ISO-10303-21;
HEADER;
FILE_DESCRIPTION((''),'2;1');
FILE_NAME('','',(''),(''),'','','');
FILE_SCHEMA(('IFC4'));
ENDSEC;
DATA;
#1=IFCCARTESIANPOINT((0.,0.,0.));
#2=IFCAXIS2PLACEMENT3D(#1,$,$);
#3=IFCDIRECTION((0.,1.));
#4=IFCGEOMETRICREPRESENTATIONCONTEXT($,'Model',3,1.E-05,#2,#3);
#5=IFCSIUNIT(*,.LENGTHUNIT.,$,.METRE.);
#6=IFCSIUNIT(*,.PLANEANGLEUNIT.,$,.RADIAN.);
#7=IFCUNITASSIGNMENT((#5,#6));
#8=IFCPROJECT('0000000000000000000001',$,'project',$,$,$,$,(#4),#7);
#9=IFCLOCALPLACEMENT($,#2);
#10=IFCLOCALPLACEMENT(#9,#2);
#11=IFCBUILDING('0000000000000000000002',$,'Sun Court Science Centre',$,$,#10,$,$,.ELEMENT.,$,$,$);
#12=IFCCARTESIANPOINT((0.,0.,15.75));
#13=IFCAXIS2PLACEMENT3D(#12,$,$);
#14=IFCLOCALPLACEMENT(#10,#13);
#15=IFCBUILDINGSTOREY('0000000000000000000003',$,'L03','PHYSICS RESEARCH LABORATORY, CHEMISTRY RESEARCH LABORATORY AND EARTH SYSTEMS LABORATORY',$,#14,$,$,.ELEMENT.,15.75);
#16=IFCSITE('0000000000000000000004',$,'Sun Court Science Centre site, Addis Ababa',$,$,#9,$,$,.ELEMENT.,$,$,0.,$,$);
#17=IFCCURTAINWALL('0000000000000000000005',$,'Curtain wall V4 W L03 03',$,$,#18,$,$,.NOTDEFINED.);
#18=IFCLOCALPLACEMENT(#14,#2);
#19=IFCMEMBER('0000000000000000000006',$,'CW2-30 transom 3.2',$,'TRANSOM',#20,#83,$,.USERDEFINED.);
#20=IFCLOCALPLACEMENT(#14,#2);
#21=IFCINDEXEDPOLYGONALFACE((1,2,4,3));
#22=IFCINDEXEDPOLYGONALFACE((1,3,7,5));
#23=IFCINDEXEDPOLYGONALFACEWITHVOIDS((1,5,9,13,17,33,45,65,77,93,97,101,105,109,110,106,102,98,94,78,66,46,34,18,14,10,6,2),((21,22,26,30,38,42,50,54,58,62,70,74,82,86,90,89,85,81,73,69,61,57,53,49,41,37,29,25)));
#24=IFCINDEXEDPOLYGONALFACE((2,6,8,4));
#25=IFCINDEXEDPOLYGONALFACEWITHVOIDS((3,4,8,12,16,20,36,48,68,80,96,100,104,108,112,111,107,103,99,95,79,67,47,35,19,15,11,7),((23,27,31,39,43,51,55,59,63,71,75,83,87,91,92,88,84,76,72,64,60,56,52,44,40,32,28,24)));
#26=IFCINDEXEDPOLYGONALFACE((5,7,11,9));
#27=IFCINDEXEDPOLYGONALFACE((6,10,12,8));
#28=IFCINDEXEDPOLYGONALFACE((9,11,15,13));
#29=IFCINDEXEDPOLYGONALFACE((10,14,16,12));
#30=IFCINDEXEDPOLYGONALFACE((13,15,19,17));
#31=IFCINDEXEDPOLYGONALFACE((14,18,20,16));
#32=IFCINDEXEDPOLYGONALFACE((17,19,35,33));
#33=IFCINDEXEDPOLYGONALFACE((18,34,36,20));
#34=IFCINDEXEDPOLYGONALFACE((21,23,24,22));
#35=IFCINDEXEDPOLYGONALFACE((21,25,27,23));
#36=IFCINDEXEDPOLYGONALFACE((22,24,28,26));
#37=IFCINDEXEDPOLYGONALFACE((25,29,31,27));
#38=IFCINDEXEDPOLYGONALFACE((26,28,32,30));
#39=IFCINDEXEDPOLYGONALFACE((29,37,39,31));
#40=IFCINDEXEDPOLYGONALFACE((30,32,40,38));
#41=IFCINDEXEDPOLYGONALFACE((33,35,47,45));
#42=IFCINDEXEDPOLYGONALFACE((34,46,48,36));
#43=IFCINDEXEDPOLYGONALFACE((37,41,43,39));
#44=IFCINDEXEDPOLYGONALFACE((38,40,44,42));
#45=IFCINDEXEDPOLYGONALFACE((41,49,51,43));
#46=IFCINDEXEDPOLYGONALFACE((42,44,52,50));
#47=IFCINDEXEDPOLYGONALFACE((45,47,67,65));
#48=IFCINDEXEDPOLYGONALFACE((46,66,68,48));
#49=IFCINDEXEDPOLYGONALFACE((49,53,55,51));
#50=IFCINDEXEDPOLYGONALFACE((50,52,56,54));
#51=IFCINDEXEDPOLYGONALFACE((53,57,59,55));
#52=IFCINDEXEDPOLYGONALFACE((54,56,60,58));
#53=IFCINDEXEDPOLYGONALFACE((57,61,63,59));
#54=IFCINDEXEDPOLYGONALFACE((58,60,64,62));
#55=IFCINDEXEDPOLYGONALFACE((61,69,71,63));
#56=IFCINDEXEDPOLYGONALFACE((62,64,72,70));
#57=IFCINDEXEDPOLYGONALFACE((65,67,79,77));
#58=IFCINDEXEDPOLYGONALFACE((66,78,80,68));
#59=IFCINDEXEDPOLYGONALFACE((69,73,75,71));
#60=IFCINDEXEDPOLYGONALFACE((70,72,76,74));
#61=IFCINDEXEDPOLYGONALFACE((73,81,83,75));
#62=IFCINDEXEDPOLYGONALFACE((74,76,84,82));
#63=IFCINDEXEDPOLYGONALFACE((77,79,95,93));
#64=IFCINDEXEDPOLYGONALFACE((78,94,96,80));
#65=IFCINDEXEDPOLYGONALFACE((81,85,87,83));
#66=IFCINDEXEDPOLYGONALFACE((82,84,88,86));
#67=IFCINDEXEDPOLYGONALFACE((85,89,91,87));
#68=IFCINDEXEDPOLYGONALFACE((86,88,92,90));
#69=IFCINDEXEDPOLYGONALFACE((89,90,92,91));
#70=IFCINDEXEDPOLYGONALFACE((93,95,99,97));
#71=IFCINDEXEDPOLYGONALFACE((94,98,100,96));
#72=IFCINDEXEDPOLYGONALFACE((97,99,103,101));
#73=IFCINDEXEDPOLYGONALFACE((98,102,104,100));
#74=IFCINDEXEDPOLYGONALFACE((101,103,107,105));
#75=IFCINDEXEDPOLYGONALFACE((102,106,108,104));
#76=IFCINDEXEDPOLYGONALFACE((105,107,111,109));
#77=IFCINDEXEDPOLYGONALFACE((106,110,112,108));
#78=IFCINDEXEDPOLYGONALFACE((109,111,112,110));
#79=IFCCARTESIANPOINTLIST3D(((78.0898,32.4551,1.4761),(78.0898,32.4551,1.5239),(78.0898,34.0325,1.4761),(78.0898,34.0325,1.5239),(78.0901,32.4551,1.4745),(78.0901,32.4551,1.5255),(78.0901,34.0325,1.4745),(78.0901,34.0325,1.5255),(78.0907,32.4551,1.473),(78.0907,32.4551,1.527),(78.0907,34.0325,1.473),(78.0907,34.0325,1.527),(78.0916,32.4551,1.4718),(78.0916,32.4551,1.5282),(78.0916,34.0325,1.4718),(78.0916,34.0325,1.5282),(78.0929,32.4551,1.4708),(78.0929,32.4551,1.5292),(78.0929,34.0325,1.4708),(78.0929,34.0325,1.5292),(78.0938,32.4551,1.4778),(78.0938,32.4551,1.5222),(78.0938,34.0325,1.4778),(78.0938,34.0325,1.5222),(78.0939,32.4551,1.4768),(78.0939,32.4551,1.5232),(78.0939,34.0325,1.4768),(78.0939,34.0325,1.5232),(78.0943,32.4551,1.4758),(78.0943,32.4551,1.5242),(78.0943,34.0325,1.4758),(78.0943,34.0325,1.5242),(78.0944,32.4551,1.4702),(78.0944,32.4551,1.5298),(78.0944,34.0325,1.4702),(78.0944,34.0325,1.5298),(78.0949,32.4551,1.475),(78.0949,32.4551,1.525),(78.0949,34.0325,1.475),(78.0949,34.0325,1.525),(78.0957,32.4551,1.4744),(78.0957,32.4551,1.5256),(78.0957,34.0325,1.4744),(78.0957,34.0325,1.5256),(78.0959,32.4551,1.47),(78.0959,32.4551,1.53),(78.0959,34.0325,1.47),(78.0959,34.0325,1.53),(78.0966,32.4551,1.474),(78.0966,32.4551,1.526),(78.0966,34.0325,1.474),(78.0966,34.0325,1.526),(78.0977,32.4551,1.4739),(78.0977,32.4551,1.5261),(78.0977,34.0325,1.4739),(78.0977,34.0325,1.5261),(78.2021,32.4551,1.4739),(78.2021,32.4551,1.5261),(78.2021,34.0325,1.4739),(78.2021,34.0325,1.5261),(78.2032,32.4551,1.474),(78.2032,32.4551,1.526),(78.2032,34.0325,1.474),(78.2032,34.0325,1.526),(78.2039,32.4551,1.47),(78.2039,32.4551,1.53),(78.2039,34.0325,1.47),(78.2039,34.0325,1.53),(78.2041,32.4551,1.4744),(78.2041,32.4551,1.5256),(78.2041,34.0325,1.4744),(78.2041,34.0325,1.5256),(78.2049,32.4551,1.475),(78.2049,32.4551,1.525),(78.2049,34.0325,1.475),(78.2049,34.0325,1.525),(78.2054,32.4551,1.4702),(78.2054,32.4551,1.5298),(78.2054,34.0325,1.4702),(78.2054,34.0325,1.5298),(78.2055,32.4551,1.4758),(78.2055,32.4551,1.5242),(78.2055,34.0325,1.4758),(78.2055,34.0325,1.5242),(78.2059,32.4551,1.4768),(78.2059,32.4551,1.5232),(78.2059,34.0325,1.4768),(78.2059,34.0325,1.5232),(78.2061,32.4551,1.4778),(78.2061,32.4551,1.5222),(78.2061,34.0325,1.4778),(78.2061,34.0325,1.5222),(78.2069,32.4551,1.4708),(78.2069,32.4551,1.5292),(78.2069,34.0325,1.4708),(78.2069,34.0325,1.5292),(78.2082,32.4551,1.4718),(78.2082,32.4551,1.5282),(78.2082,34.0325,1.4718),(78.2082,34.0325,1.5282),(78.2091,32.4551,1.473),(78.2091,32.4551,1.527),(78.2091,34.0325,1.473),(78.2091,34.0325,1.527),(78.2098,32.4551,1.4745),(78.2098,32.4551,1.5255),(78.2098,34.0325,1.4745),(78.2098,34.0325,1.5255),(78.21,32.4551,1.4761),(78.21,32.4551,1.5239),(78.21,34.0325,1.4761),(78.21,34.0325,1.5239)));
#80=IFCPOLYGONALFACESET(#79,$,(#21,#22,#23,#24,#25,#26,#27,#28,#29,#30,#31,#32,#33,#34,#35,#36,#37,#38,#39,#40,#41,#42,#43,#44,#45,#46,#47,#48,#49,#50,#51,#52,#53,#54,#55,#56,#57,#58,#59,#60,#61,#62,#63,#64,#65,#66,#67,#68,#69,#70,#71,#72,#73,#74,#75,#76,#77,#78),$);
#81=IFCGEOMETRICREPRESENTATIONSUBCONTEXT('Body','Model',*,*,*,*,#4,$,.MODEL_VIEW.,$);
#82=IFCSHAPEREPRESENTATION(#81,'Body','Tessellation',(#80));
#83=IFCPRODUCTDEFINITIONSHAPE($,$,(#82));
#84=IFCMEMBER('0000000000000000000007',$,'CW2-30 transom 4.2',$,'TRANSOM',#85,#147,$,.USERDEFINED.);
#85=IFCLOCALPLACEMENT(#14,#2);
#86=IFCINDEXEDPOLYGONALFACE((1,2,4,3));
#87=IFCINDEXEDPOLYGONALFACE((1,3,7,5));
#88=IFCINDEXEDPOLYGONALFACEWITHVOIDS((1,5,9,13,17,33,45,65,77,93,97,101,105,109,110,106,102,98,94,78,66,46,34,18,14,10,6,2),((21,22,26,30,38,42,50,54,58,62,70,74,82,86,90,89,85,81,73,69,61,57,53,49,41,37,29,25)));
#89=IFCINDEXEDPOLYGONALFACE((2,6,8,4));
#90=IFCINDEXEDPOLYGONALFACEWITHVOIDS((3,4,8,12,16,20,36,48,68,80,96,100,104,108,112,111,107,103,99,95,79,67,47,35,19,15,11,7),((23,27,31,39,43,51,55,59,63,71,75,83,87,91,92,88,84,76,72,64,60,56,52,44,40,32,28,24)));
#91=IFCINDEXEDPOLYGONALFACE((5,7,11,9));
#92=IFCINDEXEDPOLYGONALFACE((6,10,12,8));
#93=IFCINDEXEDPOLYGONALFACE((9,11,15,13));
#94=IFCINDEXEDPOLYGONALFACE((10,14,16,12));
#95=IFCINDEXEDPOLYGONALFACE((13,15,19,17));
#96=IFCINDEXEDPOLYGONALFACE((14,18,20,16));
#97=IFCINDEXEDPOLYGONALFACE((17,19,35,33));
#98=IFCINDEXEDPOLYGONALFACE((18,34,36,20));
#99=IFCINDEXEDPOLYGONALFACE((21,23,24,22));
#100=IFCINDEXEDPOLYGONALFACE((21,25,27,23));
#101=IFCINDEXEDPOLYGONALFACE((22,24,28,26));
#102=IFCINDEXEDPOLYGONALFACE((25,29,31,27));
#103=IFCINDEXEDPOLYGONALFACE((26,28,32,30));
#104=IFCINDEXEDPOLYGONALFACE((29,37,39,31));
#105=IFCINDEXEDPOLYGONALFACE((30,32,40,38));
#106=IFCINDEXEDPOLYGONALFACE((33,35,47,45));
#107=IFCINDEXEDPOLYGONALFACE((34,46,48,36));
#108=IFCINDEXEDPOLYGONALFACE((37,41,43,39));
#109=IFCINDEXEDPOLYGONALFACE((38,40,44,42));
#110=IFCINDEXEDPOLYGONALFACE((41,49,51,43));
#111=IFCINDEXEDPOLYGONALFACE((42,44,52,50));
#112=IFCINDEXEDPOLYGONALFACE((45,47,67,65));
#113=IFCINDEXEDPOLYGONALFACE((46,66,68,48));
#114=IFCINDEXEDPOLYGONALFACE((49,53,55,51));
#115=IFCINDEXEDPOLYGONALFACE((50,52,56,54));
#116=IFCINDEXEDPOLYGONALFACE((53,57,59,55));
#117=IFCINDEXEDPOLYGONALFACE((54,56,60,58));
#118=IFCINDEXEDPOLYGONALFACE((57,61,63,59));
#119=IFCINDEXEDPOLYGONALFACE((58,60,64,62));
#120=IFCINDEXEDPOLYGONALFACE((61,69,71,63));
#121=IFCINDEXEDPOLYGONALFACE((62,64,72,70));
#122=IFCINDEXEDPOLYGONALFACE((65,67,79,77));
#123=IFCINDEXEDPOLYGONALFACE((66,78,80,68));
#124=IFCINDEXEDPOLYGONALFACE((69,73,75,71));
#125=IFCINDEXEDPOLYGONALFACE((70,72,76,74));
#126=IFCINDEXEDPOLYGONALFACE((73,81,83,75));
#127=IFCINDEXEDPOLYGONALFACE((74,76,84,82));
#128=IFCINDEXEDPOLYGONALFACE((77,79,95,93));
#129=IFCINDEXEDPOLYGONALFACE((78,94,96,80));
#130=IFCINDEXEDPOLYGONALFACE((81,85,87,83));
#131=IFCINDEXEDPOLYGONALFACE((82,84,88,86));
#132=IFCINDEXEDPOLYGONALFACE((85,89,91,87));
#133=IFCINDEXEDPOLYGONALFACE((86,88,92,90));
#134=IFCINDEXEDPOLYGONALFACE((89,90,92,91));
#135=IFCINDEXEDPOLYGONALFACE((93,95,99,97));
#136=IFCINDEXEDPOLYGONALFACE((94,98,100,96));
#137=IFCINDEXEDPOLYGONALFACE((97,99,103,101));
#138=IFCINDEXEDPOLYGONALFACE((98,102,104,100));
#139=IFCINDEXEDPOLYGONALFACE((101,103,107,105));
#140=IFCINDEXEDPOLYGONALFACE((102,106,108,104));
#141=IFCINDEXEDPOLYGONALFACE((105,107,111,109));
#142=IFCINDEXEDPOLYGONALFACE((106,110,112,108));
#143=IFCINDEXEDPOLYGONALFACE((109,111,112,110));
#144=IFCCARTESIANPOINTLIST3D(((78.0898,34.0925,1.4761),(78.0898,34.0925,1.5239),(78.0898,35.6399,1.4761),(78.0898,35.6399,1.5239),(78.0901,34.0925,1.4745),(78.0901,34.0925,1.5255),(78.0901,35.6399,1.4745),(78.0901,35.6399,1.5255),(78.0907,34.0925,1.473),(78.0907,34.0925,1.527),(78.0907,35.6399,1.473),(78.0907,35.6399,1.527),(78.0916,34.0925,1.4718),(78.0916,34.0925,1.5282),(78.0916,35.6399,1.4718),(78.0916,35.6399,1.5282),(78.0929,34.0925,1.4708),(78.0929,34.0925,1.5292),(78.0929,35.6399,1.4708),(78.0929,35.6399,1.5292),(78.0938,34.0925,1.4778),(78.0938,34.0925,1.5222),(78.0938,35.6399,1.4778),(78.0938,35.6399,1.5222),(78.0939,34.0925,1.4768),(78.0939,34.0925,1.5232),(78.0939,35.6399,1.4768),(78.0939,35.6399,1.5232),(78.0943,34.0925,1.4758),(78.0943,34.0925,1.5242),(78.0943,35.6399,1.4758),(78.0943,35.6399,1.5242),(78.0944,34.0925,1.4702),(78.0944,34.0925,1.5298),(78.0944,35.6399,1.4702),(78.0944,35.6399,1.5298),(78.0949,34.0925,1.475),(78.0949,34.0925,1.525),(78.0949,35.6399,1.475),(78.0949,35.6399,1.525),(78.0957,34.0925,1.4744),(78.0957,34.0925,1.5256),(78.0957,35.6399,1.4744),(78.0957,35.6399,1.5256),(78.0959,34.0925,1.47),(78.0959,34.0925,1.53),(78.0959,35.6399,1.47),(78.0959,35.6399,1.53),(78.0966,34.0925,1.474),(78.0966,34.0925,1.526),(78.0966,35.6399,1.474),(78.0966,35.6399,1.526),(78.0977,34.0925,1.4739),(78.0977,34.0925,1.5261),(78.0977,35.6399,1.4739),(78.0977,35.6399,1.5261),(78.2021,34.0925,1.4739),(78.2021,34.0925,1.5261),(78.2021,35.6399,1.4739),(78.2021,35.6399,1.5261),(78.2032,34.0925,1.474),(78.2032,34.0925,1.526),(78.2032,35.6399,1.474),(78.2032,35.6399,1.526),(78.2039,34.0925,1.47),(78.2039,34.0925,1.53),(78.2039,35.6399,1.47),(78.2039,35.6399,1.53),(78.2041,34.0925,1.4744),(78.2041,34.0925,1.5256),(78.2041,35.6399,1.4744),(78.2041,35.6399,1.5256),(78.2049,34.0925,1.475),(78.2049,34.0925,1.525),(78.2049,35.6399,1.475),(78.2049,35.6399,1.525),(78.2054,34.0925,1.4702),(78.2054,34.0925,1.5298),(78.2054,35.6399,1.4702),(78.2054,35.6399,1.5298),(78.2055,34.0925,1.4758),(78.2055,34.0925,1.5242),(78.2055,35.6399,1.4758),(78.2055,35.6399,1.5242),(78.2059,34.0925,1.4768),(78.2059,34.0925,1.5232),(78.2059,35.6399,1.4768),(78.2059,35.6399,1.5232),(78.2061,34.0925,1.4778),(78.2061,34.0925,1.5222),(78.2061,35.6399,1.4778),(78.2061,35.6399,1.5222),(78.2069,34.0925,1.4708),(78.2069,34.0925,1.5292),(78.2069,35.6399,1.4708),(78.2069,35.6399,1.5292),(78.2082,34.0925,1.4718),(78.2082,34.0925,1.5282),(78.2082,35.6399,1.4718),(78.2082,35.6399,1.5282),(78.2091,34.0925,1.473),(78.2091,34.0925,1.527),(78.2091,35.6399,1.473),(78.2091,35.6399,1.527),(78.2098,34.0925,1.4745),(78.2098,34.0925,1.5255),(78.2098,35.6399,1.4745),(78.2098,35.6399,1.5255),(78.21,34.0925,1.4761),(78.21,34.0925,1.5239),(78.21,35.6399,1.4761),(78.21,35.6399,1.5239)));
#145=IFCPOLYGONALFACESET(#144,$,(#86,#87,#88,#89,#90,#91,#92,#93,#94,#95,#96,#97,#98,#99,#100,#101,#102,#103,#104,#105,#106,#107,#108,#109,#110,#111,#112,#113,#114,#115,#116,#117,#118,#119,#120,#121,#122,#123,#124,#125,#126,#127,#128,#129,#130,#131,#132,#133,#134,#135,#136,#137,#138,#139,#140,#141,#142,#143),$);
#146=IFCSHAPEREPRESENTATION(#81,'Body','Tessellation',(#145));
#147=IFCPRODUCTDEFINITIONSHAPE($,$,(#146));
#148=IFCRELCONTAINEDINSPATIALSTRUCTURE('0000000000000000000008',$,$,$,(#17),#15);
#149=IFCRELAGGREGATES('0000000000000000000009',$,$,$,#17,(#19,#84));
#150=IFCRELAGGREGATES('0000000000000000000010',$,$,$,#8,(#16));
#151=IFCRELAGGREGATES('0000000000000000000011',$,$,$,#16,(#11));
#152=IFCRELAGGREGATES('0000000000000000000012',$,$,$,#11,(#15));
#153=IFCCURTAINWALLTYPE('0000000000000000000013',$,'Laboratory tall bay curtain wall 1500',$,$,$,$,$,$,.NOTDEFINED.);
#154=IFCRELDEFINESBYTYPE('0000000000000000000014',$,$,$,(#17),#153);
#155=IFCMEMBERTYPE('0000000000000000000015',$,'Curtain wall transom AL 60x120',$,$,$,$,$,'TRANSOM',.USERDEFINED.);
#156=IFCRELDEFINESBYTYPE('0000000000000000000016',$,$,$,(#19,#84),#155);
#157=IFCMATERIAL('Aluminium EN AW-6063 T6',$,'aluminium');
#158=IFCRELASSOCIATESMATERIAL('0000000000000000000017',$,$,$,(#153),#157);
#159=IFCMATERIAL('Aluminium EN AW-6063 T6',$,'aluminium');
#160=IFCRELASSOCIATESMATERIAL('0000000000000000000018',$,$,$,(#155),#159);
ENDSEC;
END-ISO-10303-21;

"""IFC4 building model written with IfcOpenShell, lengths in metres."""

from ifc_helpers import new_model, si_unit, direction, frame, origin, origin_2d, place, context, subcontext, project, spatial, hollow_rectangle, extrude, material, material_profile, profile_set, type_object, element, aggregate, save


model = new_model("IFC4")

# Units and contexts
model_context = context("Model", 3, precision=1e-05, world=origin(), true_north=direction((0.0, 1.0)))
body_context = subcontext(model_context, "Body", "Model", "MODEL_VIEW")
ifc_project = project(units=[si_unit("LENGTHUNIT", "METRE"), si_unit("PLANEANGLEUNIT", "RADIAN")], contexts=[model_context])

# Site, building, storey
site_placement = place(None, origin())
site = spatial("IfcSite", under=ifc_project, at=site_placement, Name="Sun Court Science Centre site, Addis Ababa", CompositionType="ELEMENT", RefElevation=0.0)
building_placement = place(site_placement, origin())
building = spatial("IfcBuilding", under=site, at=building_placement, Name="Sun Court Science Centre", CompositionType="ELEMENT")
storey_placement = place(building_placement, frame((0.0, 0.0, 15.75)))
storey = spatial("IfcBuildingStorey", under=building, at=storey_placement, Name="L03", Description="PHYSICS RESEARCH LABORATORY, CHEMISTRY RESEARCH LABORATORY AND EARTH SYSTEMS LABORATORY", CompositionType="ELEMENT", Elevation=15.75)

# Curtain wall
ifc_material_1 = material(Name="Aluminium EN AW-6063 T6", Category="aluminium")
curtain_wall_type = type_object("IfcCurtainWallType", Name="Laboratory tall bay curtain wall 1500", PredefinedType="NOTDEFINED", material=ifc_material_1)
curtain_wall_1_placement = place(storey_placement, origin())
curtain_wall_1 = element("IfcCurtainWall", 1, at=curtain_wall_1_placement, inside=storey, type_object=curtain_wall_type, Name="Curtain wall V4 W L03 03", PredefinedType="NOTDEFINED")

# Members
ifc_material_2 = material(Name="Aluminium EN AW-6063 T6", Category="aluminium")
ifc_material_profile_1 = material_profile(ifc_material_2, hollow_rectangle(XDim=0.0601, YDim=0.1201, WallThickness=0.0039, InnerFilletRadius=0.0039, OuterFilletRadius=0.0061, at=origin_2d()), Name="AL 60x120x4")
ifc_profile_set_1 = profile_set([ifc_material_profile_1], Name="Aluminium EN AW-6063 T6")
member_type_1 = type_object("IfcMemberType", Name="Curtain wall transom AL 60x120", ElementType="TRANSOM", PredefinedType="USERDEFINED", material=ifc_profile_set_1)
member_1_placement = place(storey_placement, frame((78.1499, 32.4551, 1.5), z_axis=(0.0, 1.0, 0.0), x_axis=(0.0, 0.0, 1.0)))
member_1 = element("IfcMember", 2, at=member_1_placement, type_object=member_type_1, Name="CW2-30 transom 3.2", ObjectType="TRANSOM", PredefinedType="USERDEFINED", context=body_context, shape_type="SweptSolid", body=[
    extrude(hollow_rectangle(XDim=0.0601, YDim=0.1201, WallThickness=0.0039, InnerFilletRadius=0.0039, OuterFilletRadius=0.0061, at=origin_2d()), origin(), (0.0, 0.0, 1.0), 1.5774),
])
member_2_placement = place(storey_placement, frame((78.1499, 34.0925, 1.5), z_axis=(0.0, 1.0, 0.0), x_axis=(0.0, 0.0, 1.0)))
member_2 = element("IfcMember", 3, at=member_2_placement, type_object=member_type_1, Name="CW2-30 transom 4.2", ObjectType="TRANSOM", PredefinedType="USERDEFINED", context=body_context, shape_type="SweptSolid", body=[
    extrude(hollow_rectangle(XDim=0.0601, YDim=0.1201, WallThickness=0.0039, InnerFilletRadius=0.0039, OuterFilletRadius=0.0061, at=origin_2d()), origin(), (0.0, 0.0, 1.0), 1.5474),
])

aggregate(curtain_wall_1, [member_1, member_2])

save(model, "model.ifc")
